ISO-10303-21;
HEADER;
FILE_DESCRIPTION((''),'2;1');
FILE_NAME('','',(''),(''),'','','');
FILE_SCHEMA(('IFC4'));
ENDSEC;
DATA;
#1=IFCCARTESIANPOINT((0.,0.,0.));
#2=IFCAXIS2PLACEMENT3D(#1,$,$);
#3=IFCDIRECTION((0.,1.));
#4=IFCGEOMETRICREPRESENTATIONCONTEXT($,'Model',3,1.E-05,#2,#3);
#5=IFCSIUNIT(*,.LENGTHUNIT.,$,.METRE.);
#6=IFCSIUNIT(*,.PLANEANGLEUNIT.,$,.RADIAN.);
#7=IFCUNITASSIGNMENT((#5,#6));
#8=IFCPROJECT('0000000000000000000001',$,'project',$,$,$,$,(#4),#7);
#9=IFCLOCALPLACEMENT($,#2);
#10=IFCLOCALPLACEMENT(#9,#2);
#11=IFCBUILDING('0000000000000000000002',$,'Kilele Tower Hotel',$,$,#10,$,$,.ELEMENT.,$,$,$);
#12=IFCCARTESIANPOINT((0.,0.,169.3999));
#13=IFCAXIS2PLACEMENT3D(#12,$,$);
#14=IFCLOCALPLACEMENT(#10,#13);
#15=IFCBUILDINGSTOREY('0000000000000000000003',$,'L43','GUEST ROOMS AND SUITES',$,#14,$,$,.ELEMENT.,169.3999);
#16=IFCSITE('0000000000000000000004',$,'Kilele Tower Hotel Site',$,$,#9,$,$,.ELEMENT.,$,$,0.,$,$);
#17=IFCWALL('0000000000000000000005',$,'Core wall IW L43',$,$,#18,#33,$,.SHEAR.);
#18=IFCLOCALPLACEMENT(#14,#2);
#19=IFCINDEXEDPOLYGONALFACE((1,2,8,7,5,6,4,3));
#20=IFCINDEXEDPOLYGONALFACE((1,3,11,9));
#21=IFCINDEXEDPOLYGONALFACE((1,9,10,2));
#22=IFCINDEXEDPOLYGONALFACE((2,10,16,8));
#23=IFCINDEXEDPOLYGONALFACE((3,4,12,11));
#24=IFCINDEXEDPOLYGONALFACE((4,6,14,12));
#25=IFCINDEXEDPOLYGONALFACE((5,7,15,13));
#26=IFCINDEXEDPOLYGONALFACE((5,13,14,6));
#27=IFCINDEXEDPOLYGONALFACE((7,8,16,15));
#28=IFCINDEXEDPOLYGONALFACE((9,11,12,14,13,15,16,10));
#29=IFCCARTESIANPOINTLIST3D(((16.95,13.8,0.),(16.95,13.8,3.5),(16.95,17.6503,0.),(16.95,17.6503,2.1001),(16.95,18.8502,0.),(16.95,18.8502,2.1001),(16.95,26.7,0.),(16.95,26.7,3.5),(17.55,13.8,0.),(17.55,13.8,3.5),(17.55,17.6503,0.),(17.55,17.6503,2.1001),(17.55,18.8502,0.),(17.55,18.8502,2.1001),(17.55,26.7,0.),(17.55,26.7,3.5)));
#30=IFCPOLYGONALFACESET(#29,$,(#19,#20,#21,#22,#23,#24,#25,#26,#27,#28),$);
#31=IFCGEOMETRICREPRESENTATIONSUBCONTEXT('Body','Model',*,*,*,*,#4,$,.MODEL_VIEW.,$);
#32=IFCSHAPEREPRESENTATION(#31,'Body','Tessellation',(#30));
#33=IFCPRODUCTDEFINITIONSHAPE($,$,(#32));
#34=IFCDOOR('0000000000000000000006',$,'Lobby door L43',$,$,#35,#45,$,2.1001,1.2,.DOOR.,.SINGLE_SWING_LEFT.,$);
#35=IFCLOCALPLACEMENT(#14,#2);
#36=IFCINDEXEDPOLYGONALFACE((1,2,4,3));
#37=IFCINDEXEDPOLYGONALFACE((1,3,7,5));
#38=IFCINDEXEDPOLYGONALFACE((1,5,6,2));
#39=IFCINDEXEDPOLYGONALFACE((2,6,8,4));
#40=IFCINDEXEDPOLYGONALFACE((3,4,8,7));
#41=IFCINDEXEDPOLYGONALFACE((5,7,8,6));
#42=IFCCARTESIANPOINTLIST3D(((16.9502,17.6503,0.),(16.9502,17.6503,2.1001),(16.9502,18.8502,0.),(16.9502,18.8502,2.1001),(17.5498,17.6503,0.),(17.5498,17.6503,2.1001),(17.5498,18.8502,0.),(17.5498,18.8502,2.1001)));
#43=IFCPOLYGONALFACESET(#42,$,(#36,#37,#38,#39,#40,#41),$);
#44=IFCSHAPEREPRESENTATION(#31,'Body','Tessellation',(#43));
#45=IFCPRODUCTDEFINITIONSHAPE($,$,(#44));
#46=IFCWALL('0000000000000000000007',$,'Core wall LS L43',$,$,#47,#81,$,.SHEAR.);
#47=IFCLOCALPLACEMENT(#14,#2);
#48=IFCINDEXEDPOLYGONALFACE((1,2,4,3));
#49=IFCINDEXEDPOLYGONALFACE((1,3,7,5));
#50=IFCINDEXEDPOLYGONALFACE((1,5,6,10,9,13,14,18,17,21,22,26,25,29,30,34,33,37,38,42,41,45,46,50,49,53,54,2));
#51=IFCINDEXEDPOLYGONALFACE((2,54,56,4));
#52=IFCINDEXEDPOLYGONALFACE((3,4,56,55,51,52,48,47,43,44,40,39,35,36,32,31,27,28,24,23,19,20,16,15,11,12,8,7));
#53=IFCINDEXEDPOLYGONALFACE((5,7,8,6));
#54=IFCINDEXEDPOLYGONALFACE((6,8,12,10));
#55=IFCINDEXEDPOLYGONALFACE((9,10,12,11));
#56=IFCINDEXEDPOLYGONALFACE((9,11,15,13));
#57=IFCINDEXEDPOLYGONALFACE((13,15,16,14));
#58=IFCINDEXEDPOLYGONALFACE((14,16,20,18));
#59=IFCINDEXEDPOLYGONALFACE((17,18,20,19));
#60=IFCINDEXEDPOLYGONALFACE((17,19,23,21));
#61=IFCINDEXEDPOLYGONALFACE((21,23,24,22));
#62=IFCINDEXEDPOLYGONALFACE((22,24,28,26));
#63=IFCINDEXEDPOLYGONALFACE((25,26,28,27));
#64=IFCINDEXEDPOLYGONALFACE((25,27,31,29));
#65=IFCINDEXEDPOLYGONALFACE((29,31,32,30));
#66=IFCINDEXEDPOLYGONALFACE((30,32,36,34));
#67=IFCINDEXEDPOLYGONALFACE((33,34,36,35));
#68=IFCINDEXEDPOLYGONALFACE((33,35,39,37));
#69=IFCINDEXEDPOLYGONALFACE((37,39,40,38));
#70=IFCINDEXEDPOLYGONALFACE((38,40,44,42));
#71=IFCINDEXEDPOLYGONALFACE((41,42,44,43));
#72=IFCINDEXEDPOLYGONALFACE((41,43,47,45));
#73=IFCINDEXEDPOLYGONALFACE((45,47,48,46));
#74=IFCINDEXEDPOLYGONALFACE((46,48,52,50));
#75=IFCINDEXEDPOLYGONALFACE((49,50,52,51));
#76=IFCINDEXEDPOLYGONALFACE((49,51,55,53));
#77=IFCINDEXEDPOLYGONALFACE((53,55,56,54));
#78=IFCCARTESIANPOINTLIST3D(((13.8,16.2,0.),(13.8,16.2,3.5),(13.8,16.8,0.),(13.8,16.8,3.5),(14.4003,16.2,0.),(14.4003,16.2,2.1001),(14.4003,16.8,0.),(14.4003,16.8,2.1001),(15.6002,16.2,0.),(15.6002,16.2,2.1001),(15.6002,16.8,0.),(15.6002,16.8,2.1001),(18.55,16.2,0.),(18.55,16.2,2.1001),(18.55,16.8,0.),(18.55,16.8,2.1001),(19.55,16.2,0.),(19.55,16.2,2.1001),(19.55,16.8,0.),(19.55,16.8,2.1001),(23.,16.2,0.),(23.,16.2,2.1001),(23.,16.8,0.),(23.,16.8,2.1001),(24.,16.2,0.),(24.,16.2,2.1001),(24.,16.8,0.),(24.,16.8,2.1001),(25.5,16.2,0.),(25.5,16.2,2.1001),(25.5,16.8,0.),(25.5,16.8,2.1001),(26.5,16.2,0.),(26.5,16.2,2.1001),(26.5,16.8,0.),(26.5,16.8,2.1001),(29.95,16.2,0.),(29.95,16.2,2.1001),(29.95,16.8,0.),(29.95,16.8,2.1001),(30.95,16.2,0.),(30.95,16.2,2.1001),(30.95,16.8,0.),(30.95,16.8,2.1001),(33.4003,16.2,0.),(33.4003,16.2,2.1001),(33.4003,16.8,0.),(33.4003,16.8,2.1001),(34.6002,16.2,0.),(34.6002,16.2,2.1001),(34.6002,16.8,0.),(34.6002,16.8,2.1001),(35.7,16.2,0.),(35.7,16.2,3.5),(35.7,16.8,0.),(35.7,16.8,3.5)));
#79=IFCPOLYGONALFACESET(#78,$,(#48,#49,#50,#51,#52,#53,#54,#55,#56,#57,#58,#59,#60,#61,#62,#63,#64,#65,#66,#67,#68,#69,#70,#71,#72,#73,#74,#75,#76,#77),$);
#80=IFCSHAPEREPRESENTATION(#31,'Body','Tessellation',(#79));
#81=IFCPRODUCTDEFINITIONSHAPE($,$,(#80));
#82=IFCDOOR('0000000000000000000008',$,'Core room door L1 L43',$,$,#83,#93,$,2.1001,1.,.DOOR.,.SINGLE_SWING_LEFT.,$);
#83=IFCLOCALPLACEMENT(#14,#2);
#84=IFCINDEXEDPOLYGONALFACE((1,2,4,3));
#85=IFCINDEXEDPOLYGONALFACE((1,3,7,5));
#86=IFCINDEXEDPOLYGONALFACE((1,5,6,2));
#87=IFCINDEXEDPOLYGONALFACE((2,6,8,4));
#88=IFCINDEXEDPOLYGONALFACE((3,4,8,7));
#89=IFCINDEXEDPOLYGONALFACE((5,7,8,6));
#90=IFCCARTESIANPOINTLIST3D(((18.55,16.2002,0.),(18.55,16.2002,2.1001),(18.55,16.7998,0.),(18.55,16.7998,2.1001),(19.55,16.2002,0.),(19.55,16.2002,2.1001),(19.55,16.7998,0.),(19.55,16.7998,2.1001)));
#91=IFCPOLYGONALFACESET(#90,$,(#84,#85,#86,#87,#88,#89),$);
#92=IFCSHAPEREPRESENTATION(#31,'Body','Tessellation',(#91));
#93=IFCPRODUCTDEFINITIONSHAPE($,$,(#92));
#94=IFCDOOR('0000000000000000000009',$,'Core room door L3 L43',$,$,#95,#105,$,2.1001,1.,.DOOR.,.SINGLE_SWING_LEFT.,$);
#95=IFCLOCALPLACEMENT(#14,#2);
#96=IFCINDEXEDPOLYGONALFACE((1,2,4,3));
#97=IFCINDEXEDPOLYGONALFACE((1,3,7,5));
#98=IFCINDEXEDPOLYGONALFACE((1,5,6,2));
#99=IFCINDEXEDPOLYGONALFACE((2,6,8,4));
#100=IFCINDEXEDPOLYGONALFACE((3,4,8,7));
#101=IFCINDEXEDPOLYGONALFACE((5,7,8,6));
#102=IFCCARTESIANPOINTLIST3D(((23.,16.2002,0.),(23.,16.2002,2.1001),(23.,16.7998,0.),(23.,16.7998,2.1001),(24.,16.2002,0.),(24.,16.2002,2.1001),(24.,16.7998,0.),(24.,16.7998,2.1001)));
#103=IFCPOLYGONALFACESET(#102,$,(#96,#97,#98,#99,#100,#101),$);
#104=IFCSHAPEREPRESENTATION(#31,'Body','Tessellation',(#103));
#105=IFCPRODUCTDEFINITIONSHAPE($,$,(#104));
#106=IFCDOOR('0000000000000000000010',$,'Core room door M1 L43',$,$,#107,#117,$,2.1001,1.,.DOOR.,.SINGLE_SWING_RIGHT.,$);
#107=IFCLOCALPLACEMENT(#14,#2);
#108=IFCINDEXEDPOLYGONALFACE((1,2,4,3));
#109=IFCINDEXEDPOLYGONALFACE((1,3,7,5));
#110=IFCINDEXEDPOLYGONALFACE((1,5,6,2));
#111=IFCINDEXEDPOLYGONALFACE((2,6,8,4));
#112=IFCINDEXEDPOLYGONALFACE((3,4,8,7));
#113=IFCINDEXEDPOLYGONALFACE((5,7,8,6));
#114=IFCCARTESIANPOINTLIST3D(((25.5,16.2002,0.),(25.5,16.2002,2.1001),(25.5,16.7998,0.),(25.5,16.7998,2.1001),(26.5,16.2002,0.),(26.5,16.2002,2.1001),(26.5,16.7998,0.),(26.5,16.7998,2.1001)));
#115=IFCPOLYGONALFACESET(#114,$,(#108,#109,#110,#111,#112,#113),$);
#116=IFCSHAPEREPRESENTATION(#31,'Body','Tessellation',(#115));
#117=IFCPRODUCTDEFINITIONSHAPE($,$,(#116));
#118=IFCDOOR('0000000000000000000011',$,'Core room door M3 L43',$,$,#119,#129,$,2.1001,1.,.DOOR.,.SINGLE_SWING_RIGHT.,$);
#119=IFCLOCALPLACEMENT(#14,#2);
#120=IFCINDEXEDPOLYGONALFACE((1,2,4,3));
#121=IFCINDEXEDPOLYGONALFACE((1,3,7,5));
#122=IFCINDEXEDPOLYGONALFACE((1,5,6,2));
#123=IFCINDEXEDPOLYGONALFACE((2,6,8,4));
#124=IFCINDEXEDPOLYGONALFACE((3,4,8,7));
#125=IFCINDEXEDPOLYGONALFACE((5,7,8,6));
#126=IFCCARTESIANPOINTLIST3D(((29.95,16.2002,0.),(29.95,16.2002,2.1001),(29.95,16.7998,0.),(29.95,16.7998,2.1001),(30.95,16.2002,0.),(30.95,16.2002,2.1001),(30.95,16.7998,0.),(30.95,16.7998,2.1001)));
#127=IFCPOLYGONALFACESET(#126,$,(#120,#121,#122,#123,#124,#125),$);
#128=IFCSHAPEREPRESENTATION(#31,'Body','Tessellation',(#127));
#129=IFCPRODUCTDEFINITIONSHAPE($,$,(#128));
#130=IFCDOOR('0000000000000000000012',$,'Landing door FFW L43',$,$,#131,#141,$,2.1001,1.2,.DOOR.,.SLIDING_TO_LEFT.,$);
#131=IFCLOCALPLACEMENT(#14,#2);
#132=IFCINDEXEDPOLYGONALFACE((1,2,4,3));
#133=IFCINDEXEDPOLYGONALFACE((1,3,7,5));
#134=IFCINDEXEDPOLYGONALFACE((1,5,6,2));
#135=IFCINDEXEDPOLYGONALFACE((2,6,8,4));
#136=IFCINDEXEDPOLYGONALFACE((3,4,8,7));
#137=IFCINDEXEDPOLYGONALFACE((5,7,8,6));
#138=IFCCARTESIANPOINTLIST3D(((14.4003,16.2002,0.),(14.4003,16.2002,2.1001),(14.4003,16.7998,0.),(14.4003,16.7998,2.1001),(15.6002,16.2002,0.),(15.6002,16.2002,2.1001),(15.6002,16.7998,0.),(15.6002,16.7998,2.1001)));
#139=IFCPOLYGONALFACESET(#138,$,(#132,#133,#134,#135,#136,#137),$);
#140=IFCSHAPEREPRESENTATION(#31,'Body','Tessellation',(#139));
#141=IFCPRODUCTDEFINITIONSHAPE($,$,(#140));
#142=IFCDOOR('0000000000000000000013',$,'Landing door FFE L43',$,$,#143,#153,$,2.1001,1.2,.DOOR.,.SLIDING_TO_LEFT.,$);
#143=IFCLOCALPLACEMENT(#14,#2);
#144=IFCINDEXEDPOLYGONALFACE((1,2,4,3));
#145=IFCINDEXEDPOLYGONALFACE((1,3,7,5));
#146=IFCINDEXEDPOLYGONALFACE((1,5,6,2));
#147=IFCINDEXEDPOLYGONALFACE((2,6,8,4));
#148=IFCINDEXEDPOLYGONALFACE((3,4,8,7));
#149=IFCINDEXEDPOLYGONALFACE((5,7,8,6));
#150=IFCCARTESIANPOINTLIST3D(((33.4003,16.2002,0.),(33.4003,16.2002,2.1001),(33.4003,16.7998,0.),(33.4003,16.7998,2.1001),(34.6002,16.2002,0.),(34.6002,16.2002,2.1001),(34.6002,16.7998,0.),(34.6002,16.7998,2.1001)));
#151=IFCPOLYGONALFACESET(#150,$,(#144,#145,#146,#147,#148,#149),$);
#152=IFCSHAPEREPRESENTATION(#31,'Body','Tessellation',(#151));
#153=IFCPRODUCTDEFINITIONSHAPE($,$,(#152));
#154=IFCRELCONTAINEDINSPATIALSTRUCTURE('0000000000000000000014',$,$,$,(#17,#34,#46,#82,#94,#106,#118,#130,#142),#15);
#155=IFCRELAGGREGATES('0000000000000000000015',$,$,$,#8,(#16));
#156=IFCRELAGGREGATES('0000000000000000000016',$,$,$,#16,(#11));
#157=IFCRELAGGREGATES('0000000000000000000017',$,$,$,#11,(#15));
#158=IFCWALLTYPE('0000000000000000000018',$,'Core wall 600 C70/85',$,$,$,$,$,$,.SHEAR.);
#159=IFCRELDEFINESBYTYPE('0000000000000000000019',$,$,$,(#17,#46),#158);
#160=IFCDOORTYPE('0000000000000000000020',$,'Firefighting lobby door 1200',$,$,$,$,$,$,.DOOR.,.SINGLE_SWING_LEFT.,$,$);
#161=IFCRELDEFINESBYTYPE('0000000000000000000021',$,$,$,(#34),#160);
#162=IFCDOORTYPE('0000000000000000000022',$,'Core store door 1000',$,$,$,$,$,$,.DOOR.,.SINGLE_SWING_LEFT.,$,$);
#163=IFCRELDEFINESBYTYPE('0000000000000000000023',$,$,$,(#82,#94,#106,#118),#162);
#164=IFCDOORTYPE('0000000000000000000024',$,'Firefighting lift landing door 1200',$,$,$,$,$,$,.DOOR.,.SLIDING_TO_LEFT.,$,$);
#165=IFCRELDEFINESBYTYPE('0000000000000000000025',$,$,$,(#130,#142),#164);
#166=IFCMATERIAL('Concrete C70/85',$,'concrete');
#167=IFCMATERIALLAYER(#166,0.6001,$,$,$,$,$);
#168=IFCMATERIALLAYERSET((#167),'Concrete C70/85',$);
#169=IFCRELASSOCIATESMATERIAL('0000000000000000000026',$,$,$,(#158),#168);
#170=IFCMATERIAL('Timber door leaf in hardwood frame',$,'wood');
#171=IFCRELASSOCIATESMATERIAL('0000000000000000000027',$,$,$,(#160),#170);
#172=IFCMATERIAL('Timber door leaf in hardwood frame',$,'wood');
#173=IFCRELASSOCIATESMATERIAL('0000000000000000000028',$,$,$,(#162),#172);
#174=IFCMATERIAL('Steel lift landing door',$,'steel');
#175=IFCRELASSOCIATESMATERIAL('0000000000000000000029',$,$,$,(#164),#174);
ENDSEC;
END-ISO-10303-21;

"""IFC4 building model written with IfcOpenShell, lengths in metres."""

from ifc_helpers import new_model, si_unit, direction, frame, frame_2d, origin, place, context, subcontext, project, spatial, rectangle, extrude, material, layer, layer_set, type_object, element, fill, save


model = new_model("IFC4")

# Units and contexts
model_context = context("Model", 3, precision=1e-05, world=origin(), true_north=direction((0.0, 1.0)))
body_context = subcontext(model_context, "Body", "Model", "MODEL_VIEW")
ifc_project = project(units=[si_unit("LENGTHUNIT", "METRE"), si_unit("PLANEANGLEUNIT", "RADIAN")], contexts=[model_context])

# Site, building, storey
site_placement = place(None, origin())
site = spatial("IfcSite", under=ifc_project, at=site_placement, Name="Kilele Tower Hotel Site", CompositionType="ELEMENT", RefElevation=0.0)
building_placement = place(site_placement, origin())
building = spatial("IfcBuilding", under=site, at=building_placement, Name="Kilele Tower Hotel", CompositionType="ELEMENT")
storey_placement = place(building_placement, frame((0.0, 0.0, 169.3999)))
storey = spatial("IfcBuildingStorey", under=building, at=storey_placement, Name="L43", Description="GUEST ROOMS AND SUITES", CompositionType="ELEMENT", Elevation=169.3999)

# Wall, opening, door
ifc_material_1 = material(Name="Concrete C70/85", Category="concrete")
ifc_layer_1 = layer(ifc_material_1, 0.6001)
ifc_layer_set_1 = layer_set([ifc_layer_1], Name="Concrete C70/85")
wall_type_1 = type_object("IfcWallType", Name="Core wall 600 C70/85", PredefinedType="SHEAR", material=ifc_layer_set_1)
wall_1_placement = place(storey_placement, frame((17.25, 13.8, 0.0), z_axis=(0.0, 0.0, 1.0), x_axis=(0.0, 1.0, 0.0)))
wall_1 = element("IfcWall", 1, at=wall_1_placement, inside=storey, type_object=wall_type_1, Name="Core wall IW L43", PredefinedType="SHEAR", context=body_context, shape_type="SweptSolid", body=[
    extrude(rectangle(XDim=12.8999, YDim=0.6001, at=frame_2d((6.45, 0.0))), origin(), (0.0, 0.0, 1.0), 3.5),
])
opening_1_placement = place(wall_1_placement, frame((3.8501, 0.0, 0.0)))
opening_1 = element("IfcOpeningElement", 2, at=opening_1_placement, cuts=wall_1, PredefinedType="OPENING", context=body_context, shape_type="SweptSolid", body=[
    extrude(rectangle(XDim=1.2, YDim=2.1001, at=frame_2d((0.6001, 1.05))), frame((0.0, 0.3101, 0.0), z_axis=(0.0, -1.0, 0.0), x_axis=(1.0, 0.0, 0.0)), (0.0, 0.0, 1.0), 0.6201),
])
ifc_material_2 = material(Name="Timber door leaf in hardwood frame", Category="wood")
door_type_1 = type_object("IfcDoorType", Name="Firefighting lobby door 1200", OperationType="SINGLE_SWING_LEFT", PredefinedType="DOOR", material=ifc_material_2)
door_1_placement = place(opening_1_placement, origin())
door_1 = element("IfcDoor", 3, at=door_1_placement, inside=storey, type_object=door_type_1, Name="Lobby door L43", OperationType="SINGLE_SWING_LEFT", OverallHeight=2.1001, OverallWidth=1.2, PredefinedType="DOOR", context=body_context, shape_type="SweptSolid", body=[
    extrude(rectangle(XDim=1.2, YDim=2.1001, at=frame_2d((0.6001, 1.05))), frame((0.0, 0.2998, 0.0), z_axis=(0.0, -1.0, 0.0), x_axis=(1.0, 0.0, 0.0)), (0.0, 0.0, 1.0), 0.5996),
])
fill(opening_1, door_1)

# Wall, openings, doors
wall_2_placement = place(storey_placement, frame((13.8, 16.5, 0.0), z_axis=(0.0, 0.0, 1.0), x_axis=(1.0, 0.0, 0.0)))
wall_2 = element("IfcWall", 4, at=wall_2_placement, inside=storey, type_object=wall_type_1, Name="Core wall LS L43", PredefinedType="SHEAR", context=body_context, shape_type="SweptSolid", body=[
    extrude(rectangle(XDim=21.8999, YDim=0.6001, at=frame_2d((10.95, 0.0))), origin(), (0.0, 0.0, 1.0), 3.5),
])
opening_2_placement = place(wall_2_placement, frame((5.75, 0.0, 0.0), z_axis=(0.0, 0.0, 1.0), x_axis=(-1.0, 0.0, 0.0)))
opening_2 = element("IfcOpeningElement", 5, at=opening_2_placement, cuts=wall_2, PredefinedType="OPENING", context=body_context, shape_type="SweptSolid", body=[
    extrude(rectangle(XDim=1.0, YDim=2.1001, at=frame_2d((0.5, 1.05))), frame((0.0, 0.3101, 0.0), z_axis=(0.0, -1.0, 0.0), x_axis=(1.0, 0.0, 0.0)), (0.0, 0.0, 1.0), 0.6201),
])
opening_3_placement = place(wall_2_placement, frame((10.2, 0.0, 0.0), z_axis=(0.0, 0.0, 1.0), x_axis=(-1.0, 0.0, 0.0)))
opening_3 = element("IfcOpeningElement", 6, at=opening_3_placement, cuts=wall_2, PredefinedType="OPENING", context=body_context, shape_type="SweptSolid", body=[
    extrude(rectangle(XDim=1.0, YDim=2.1001, at=frame_2d((0.5, 1.05))), frame((0.0, 0.3101, 0.0), z_axis=(0.0, -1.0, 0.0), x_axis=(1.0, 0.0, 0.0)), (0.0, 0.0, 1.0), 0.6201),
])
opening_4_placement = place(wall_2_placement, frame((12.7, 0.0, 0.0), z_axis=(0.0, 0.0, 1.0), x_axis=(-1.0, 0.0, 0.0)))
opening_4 = element("IfcOpeningElement", 7, at=opening_4_placement, cuts=wall_2, PredefinedType="OPENING", context=body_context, shape_type="SweptSolid", body=[
    extrude(rectangle(XDim=1.0, YDim=2.1001, at=frame_2d((0.5, 1.05))), frame((0.0, 0.3101, 0.0), z_axis=(0.0, -1.0, 0.0), x_axis=(1.0, 0.0, 0.0)), (0.0, 0.0, 1.0), 0.6201),
])
opening_5_placement = place(wall_2_placement, frame((17.1499, 0.0, 0.0), z_axis=(0.0, 0.0, 1.0), x_axis=(-1.0, 0.0, 0.0)))
opening_5 = element("IfcOpeningElement", 8, at=opening_5_placement, cuts=wall_2, PredefinedType="OPENING", context=body_context, shape_type="SweptSolid", body=[
    extrude(rectangle(XDim=1.0, YDim=2.1001, at=frame_2d((0.5, 1.05))), frame((0.0, 0.3101, 0.0), z_axis=(0.0, -1.0, 0.0), x_axis=(1.0, 0.0, 0.0)), (0.0, 0.0, 1.0), 0.6201),
])
opening_6_placement = place(wall_2_placement, frame((0.6001, 0.0, 0.0)))
opening_6 = element("IfcOpeningElement", 9, at=opening_6_placement, cuts=wall_2, PredefinedType="OPENING", context=body_context, shape_type="SweptSolid", body=[
    extrude(rectangle(XDim=1.2, YDim=2.1001, at=frame_2d((0.6001, 1.05))), frame((0.0, 0.3101, 0.0), z_axis=(0.0, -1.0, 0.0), x_axis=(1.0, 0.0, 0.0)), (0.0, 0.0, 1.0), 0.6201),
])
opening_7_placement = place(wall_2_placement, frame((19.6001, 0.0, 0.0)))
opening_7 = element("IfcOpeningElement", 10, at=opening_7_placement, cuts=wall_2, PredefinedType="OPENING", context=body_context, shape_type="SweptSolid", body=[
    extrude(rectangle(XDim=1.2, YDim=2.1001, at=frame_2d((0.6001, 1.05))), frame((0.0, 0.3101, 0.0), z_axis=(0.0, -1.0, 0.0), x_axis=(1.0, 0.0, 0.0)), (0.0, 0.0, 1.0), 0.6201),
])
ifc_material_3 = material(Name="Timber door leaf in hardwood frame", Category="wood")
door_type_2 = type_object("IfcDoorType", Name="Core store door 1000", OperationType="SINGLE_SWING_LEFT", PredefinedType="DOOR", material=ifc_material_3)
door_2_placement = place(opening_2_placement, origin())
door_2 = element("IfcDoor", 11, at=door_2_placement, inside=storey, type_object=door_type_2, Name="Core room door L1 L43", OperationType="SINGLE_SWING_LEFT", OverallHeight=2.1001, OverallWidth=1.0, PredefinedType="DOOR", context=body_context, shape_type="SweptSolid", body=[
    extrude(rectangle(XDim=1.0, YDim=2.1001, at=frame_2d((0.5, 1.05))), frame((0.0, 0.2998, 0.0), z_axis=(0.0, -1.0, 0.0), x_axis=(1.0, 0.0, 0.0)), (0.0, 0.0, 1.0), 0.5996),
])
fill(opening_2, door_2)
door_3_placement = place(opening_3_placement, origin())
door_3 = element("IfcDoor", 12, at=door_3_placement, inside=storey, type_object=door_type_2, Name="Core room door L3 L43", OperationType="SINGLE_SWING_LEFT", OverallHeight=2.1001, OverallWidth=1.0, PredefinedType="DOOR", context=body_context, shape_type="SweptSolid", body=[
    extrude(rectangle(XDim=1.0, YDim=2.1001, at=frame_2d((0.5, 1.05))), frame((0.0, 0.2998, 0.0), z_axis=(0.0, -1.0, 0.0), x_axis=(1.0, 0.0, 0.0)), (0.0, 0.0, 1.0), 0.5996),
])
fill(opening_3, door_3)
door_4_placement = place(opening_4_placement, origin())
door_4 = element("IfcDoor", 13, at=door_4_placement, inside=storey, type_object=door_type_2, Name="Core room door M1 L43", OperationType="SINGLE_SWING_RIGHT", OverallHeight=2.1001, OverallWidth=1.0, PredefinedType="DOOR", context=body_context, shape_type="SweptSolid", body=[
    extrude(rectangle(XDim=1.0, YDim=2.1001, at=frame_2d((0.5, 1.05))), frame((0.0, 0.2998, 0.0), z_axis=(0.0, -1.0, 0.0), x_axis=(1.0, 0.0, 0.0)), (0.0, 0.0, 1.0), 0.5996),
])
fill(opening_4, door_4)
door_5_placement = place(opening_5_placement, origin())
door_5 = element("IfcDoor", 14, at=door_5_placement, inside=storey, type_object=door_type_2, Name="Core room door M3 L43", OperationType="SINGLE_SWING_RIGHT", OverallHeight=2.1001, OverallWidth=1.0, PredefinedType="DOOR", context=body_context, shape_type="SweptSolid", body=[
    extrude(rectangle(XDim=1.0, YDim=2.1001, at=frame_2d((0.5, 1.05))), frame((0.0, 0.2998, 0.0), z_axis=(0.0, -1.0, 0.0), x_axis=(1.0, 0.0, 0.0)), (0.0, 0.0, 1.0), 0.5996),
])
fill(opening_5, door_5)
ifc_material_4 = material(Name="Steel lift landing door", Category="steel")
door_type_3 = type_object("IfcDoorType", Name="Firefighting lift landing door 1200", OperationType="SLIDING_TO_LEFT", PredefinedType="DOOR", material=ifc_material_4)
door_6_placement = place(opening_6_placement, origin())
door_6 = element("IfcDoor", 15, at=door_6_placement, inside=storey, type_object=door_type_3, Name="Landing door FFW L43", OperationType="SLIDING_TO_LEFT", OverallHeight=2.1001, OverallWidth=1.2, PredefinedType="DOOR", context=body_context, shape_type="SweptSolid", body=[
    extrude(rectangle(XDim=1.2, YDim=2.1001, at=frame_2d((0.6001, 1.05))), frame((0.0, 0.2998, 0.0), z_axis=(0.0, -1.0, 0.0), x_axis=(1.0, 0.0, 0.0)), (0.0, 0.0, 1.0), 0.5996),
])
fill(opening_6, door_6)
door_7_placement = place(opening_7_placement, origin())
door_7 = element("IfcDoor", 16, at=door_7_placement, inside=storey, type_object=door_type_3, Name="Landing door FFE L43", OperationType="SLIDING_TO_LEFT", OverallHeight=2.1001, OverallWidth=1.2, PredefinedType="DOOR", context=body_context, shape_type="SweptSolid", body=[
    extrude(rectangle(XDim=1.2, YDim=2.1001, at=frame_2d((0.6001, 1.05))), frame((0.0, 0.2998, 0.0), z_axis=(0.0, -1.0, 0.0), x_axis=(1.0, 0.0, 0.0)), (0.0, 0.0, 1.0), 0.5996),
])
fill(opening_7, door_7)

save(model, "model.ifc")
